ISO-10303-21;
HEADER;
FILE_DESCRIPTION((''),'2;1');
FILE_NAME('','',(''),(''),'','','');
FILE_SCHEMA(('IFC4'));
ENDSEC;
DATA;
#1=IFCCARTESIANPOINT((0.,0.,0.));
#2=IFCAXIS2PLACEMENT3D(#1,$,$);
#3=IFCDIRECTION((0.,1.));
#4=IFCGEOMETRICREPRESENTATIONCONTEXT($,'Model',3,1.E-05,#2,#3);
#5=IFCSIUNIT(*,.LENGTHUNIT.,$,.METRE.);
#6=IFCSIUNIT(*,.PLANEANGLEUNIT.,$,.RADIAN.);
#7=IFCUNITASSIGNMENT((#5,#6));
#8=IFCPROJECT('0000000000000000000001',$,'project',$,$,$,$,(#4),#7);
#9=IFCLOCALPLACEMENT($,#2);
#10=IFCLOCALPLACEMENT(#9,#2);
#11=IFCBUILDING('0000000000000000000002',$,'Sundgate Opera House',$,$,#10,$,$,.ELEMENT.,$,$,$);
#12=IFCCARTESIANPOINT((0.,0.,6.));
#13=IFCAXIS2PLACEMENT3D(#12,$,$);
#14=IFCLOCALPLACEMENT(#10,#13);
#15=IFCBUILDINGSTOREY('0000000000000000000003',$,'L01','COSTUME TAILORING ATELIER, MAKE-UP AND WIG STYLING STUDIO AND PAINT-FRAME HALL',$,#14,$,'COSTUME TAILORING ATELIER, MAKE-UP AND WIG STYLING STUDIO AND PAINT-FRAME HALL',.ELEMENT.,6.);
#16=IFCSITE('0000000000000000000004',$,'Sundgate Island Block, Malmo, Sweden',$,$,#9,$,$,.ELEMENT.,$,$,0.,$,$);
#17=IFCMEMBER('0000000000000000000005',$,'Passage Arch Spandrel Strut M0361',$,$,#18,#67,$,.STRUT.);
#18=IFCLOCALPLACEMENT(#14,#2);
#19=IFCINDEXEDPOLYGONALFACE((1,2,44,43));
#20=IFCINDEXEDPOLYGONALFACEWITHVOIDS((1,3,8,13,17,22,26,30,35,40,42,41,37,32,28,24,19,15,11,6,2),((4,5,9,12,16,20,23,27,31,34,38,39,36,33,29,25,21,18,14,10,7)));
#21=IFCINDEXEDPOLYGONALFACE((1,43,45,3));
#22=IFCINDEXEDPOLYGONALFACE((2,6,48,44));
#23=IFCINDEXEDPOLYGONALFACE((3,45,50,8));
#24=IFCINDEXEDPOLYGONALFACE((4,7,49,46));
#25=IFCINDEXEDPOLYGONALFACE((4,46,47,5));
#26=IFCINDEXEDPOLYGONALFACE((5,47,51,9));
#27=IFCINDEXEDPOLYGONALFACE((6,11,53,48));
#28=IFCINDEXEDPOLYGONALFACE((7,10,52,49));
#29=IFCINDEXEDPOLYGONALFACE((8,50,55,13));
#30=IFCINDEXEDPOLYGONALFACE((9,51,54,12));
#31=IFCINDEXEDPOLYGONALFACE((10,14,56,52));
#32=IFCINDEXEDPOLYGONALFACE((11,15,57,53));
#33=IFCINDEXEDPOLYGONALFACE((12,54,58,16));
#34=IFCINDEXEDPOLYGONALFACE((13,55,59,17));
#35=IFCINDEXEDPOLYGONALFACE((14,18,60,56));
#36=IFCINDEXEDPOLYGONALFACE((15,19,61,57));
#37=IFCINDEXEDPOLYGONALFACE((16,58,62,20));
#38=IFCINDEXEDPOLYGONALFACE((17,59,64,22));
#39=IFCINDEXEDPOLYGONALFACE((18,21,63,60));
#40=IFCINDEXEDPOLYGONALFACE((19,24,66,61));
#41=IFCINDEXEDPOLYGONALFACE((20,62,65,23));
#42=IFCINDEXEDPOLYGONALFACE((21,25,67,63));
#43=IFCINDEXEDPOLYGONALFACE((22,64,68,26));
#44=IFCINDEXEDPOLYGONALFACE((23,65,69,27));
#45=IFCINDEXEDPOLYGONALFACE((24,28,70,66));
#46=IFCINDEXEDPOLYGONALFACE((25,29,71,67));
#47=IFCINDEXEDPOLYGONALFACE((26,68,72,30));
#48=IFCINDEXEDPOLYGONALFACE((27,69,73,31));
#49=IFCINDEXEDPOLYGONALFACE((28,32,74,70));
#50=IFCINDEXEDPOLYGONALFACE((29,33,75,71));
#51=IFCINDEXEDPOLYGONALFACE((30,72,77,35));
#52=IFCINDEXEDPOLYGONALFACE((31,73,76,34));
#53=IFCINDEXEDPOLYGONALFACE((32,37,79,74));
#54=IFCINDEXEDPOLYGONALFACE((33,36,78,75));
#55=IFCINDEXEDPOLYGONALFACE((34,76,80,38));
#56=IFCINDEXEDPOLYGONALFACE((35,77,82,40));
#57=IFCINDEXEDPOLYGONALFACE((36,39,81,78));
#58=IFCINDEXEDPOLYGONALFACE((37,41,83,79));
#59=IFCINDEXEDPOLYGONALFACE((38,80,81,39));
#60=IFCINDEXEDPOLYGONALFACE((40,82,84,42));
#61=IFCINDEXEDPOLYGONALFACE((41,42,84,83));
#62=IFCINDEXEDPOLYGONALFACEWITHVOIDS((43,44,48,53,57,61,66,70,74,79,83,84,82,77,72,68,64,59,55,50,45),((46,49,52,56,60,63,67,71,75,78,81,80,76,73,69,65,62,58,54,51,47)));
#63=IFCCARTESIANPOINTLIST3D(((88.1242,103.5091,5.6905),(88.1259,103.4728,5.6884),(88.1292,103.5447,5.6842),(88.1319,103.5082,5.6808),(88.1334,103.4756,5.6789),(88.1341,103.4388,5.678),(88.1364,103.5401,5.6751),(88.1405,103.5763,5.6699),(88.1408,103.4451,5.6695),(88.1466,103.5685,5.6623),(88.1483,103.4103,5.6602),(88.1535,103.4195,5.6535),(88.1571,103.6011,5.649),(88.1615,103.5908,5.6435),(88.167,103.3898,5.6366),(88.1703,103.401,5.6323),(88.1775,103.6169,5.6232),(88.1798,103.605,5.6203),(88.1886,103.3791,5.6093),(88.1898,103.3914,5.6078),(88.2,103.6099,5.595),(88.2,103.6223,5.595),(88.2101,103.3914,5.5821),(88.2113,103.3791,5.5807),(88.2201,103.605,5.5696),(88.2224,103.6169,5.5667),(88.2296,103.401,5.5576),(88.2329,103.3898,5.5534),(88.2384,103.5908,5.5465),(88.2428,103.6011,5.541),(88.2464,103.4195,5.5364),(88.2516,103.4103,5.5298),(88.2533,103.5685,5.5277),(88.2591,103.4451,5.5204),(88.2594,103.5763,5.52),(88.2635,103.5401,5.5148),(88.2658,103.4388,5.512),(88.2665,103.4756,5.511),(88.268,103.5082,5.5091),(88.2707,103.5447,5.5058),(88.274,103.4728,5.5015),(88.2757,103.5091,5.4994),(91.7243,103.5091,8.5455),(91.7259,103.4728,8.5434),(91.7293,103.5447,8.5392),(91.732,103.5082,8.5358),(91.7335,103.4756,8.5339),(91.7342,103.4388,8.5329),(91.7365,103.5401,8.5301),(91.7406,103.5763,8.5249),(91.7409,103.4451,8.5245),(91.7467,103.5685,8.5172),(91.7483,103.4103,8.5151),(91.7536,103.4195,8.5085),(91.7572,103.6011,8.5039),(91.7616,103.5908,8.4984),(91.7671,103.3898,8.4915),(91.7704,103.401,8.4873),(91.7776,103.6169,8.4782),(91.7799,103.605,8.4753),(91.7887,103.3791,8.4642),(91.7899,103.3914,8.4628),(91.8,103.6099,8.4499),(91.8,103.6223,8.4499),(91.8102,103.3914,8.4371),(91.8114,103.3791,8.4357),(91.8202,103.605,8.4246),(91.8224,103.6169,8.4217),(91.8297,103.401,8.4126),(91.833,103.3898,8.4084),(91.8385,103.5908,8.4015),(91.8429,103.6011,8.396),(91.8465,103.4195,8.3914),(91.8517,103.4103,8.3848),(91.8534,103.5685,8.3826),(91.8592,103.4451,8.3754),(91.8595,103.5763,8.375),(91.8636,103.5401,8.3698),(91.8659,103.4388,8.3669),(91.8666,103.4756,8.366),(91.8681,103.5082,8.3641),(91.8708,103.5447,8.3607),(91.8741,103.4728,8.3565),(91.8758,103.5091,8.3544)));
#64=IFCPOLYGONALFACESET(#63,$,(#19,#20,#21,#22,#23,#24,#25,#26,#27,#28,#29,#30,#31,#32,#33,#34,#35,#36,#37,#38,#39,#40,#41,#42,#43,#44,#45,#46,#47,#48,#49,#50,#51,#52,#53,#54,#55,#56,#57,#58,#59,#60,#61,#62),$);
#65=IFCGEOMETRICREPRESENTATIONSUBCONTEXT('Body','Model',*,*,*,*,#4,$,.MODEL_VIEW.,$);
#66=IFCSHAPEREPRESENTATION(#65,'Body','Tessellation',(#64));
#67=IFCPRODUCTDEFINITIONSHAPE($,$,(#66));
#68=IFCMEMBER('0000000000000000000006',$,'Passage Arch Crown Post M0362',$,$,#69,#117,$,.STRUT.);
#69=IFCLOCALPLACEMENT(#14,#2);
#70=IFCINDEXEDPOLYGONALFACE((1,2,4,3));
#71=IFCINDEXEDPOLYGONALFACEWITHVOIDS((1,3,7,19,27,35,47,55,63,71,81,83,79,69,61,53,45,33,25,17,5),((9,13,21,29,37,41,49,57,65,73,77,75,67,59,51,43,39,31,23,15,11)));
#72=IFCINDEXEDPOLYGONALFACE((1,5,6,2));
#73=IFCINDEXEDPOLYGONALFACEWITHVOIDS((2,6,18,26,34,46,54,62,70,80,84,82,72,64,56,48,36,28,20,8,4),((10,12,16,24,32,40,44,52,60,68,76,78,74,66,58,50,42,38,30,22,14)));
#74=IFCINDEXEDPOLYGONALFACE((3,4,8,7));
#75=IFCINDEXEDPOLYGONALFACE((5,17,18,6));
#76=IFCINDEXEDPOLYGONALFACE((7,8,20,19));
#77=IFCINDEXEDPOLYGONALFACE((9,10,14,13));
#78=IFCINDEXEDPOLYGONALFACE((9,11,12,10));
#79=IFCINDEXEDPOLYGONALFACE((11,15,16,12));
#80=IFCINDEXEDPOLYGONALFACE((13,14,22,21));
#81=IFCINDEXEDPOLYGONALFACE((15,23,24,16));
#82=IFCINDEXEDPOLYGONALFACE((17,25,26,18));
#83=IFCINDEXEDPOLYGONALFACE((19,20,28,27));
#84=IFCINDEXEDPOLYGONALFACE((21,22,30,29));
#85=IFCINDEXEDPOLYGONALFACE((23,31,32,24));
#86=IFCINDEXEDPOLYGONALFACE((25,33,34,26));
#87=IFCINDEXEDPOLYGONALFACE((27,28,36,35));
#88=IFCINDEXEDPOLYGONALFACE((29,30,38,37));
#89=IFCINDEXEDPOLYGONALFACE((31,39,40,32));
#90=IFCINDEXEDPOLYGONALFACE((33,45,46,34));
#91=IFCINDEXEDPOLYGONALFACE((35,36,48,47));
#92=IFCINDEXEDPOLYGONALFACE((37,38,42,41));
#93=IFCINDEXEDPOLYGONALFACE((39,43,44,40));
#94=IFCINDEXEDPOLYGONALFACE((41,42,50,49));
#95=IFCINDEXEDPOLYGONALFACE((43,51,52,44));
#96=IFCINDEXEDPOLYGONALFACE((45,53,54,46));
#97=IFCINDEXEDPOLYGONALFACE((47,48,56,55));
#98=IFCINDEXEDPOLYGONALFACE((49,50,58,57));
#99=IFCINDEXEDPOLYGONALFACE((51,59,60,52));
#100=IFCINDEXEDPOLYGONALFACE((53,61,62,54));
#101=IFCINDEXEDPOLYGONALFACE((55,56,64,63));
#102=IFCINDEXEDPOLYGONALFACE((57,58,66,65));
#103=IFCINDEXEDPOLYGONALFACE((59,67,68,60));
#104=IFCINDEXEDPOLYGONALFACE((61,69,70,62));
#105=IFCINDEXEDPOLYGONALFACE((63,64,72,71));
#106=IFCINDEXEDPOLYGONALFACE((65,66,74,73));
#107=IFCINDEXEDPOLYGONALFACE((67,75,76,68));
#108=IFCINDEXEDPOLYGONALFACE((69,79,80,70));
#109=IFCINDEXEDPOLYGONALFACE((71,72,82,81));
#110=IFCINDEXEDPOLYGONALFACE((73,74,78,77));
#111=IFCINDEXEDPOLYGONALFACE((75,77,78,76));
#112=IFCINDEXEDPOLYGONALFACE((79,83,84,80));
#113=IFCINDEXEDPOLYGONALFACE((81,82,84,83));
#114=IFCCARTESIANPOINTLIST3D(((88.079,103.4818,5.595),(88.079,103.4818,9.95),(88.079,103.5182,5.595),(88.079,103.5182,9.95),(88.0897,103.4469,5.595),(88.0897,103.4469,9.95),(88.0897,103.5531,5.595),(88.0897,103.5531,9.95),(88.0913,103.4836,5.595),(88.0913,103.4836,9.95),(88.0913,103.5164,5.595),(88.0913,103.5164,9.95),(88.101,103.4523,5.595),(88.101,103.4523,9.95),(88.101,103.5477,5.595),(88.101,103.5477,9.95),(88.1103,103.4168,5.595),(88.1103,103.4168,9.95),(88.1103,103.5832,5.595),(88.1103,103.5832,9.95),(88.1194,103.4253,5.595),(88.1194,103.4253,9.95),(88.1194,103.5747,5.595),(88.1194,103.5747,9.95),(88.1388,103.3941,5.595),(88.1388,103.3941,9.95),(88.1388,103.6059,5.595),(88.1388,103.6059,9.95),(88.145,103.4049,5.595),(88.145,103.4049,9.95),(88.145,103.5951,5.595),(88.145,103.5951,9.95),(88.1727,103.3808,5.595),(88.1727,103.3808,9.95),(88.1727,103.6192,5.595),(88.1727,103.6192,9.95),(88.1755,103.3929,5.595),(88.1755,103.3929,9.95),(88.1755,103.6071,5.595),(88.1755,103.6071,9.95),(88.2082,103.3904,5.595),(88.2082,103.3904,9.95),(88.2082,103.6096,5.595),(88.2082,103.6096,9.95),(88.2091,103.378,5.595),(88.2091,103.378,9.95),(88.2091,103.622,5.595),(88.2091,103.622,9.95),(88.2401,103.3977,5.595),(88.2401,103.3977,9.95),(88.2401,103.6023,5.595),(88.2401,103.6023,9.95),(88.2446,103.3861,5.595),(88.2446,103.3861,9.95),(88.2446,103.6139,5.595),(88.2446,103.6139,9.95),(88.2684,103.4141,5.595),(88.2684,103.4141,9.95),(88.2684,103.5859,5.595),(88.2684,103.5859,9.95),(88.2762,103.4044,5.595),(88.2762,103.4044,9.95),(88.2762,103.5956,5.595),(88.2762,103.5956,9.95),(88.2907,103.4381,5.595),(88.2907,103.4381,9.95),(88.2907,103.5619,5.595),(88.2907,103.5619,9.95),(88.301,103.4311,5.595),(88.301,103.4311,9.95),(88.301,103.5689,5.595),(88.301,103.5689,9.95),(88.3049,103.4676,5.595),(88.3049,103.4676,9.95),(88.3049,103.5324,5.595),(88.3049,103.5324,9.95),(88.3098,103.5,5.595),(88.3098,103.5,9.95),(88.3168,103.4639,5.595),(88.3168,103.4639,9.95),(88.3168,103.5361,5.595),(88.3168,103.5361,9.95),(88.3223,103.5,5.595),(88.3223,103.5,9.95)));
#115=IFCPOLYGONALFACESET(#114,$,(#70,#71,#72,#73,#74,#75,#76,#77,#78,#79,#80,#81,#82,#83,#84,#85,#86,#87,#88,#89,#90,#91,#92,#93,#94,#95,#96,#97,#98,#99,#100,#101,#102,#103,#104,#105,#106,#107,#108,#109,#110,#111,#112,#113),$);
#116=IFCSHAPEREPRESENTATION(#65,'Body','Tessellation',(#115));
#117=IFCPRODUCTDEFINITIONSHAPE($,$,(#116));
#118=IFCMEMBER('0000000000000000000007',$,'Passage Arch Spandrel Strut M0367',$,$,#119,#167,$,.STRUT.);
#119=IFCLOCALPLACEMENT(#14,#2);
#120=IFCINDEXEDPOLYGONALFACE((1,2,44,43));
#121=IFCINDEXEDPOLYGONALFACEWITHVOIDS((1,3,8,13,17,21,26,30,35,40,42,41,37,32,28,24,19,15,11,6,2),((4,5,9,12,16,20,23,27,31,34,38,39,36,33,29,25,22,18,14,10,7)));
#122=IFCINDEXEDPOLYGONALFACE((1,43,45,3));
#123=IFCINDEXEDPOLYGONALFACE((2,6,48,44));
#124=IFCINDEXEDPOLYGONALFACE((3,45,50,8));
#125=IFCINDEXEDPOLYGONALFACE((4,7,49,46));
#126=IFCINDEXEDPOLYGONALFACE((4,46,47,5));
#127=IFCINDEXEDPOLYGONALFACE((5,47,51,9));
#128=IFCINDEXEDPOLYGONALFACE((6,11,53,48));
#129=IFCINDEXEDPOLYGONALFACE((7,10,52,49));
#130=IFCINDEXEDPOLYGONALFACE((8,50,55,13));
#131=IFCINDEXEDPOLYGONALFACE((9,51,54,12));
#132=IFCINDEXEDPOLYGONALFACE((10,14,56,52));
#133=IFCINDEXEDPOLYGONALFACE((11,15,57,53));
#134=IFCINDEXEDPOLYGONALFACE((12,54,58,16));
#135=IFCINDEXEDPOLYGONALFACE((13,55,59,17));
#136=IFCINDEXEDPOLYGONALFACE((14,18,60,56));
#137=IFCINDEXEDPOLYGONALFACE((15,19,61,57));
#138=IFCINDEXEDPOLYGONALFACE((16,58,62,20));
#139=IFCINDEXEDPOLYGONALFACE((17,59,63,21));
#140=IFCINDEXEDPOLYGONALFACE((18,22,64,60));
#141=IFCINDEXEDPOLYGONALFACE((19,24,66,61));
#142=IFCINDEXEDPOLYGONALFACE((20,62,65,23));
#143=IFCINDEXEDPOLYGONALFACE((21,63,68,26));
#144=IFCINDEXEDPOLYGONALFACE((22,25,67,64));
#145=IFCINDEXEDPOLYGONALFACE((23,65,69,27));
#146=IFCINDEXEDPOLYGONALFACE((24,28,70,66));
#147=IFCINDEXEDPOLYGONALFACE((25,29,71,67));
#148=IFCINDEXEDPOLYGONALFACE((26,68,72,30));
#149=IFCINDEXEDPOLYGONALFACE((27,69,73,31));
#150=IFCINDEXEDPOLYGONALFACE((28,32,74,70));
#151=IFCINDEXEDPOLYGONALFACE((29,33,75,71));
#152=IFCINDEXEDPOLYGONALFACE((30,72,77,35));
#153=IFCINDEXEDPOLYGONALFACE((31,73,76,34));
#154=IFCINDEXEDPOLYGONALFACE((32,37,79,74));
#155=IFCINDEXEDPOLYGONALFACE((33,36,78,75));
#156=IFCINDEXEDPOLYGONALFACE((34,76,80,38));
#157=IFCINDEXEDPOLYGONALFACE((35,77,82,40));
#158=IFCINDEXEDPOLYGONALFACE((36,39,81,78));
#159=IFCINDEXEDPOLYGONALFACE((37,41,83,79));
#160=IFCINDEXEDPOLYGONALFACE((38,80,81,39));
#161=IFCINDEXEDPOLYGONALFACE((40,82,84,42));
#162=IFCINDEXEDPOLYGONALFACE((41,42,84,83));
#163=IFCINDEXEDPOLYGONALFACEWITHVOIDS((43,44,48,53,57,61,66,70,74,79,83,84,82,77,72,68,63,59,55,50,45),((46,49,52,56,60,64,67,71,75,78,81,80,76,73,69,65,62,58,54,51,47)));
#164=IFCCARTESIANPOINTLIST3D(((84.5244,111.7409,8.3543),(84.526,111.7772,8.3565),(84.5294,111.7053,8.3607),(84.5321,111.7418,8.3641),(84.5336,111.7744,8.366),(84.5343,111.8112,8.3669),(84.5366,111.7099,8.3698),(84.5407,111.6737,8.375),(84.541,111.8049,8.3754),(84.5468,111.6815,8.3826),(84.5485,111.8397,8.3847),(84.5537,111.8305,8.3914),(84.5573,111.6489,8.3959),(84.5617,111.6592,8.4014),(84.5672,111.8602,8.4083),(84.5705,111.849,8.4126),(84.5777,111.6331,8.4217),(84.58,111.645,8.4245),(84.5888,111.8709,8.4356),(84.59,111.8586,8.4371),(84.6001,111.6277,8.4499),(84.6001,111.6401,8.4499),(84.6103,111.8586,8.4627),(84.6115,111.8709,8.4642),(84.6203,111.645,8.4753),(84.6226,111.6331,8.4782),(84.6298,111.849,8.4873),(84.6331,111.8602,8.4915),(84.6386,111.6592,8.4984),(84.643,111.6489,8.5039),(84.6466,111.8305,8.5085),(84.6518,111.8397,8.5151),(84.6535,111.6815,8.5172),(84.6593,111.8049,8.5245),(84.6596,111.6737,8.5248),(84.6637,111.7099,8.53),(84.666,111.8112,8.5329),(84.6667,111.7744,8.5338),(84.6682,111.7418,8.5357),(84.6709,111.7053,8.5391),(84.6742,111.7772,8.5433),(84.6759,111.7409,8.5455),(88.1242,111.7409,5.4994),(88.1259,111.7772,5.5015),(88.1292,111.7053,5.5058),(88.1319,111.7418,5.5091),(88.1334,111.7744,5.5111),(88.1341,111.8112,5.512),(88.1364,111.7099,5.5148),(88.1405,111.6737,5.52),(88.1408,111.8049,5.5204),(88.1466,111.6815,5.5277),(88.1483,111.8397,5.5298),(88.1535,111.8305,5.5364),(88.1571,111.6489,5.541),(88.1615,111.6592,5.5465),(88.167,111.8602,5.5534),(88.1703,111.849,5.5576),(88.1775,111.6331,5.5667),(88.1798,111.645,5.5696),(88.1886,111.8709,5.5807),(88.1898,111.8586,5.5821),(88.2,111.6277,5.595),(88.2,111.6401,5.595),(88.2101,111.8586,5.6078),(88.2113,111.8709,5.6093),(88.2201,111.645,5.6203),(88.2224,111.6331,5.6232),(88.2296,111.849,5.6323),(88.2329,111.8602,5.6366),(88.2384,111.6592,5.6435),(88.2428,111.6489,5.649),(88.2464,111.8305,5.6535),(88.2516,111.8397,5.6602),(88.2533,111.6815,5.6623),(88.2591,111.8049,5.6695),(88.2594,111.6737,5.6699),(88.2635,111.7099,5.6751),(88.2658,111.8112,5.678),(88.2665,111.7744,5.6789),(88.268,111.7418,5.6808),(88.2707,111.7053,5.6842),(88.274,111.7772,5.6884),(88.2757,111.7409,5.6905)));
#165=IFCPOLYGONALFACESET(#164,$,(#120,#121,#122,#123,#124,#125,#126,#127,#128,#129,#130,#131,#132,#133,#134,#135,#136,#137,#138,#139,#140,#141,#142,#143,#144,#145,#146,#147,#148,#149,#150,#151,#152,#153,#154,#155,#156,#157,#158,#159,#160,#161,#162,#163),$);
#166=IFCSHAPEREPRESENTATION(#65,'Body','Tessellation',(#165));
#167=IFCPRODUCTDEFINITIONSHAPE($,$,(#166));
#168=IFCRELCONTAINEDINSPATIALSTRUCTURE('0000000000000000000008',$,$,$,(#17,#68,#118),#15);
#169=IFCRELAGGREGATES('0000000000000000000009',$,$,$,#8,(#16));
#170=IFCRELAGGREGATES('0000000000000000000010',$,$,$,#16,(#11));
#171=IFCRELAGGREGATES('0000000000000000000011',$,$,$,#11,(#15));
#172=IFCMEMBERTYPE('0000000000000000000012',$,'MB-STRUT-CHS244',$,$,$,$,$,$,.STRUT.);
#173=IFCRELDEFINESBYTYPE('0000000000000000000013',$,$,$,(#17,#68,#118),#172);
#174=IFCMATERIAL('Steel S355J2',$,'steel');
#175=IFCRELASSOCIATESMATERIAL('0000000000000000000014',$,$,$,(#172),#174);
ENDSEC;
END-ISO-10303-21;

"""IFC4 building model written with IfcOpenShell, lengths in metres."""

from ifc_helpers import new_model, si_unit, direction, frame, origin, origin_2d, place, context, subcontext, project, spatial, hollow_circle, extrude, material, material_profile, profile_set, type_object, element, save


model = new_model("IFC4")

# Units and contexts
model_context = context("Model", 3, precision=1e-05, world=origin(), true_north=direction((0.0, 1.0)))
body_context = subcontext(model_context, "Body", "Model", "MODEL_VIEW")
ifc_project = project(units=[si_unit("LENGTHUNIT", "METRE"), si_unit("PLANEANGLEUNIT", "RADIAN")], contexts=[model_context])

# Site, building, storey
site_placement = place(None, origin())
site = spatial("IfcSite", under=ifc_project, at=site_placement, Name="Sundgate Island Block, Malmo, Sweden", CompositionType="ELEMENT", RefElevation=0.0)
building_placement = place(site_placement, origin())
building = spatial("IfcBuilding", under=site, at=building_placement, Name="Sundgate Opera House", CompositionType="ELEMENT")
storey_placement = place(building_placement, frame((0.0, 0.0, 6.0)))
storey = spatial("IfcBuildingStorey", under=building, at=storey_placement, Name="L01", Description="COSTUME TAILORING ATELIER, MAKE-UP AND WIG STYLING STUDIO AND PAINT-FRAME HALL", LongName="COSTUME TAILORING ATELIER, MAKE-UP AND WIG STYLING STUDIO AND PAINT-FRAME HALL", CompositionType="ELEMENT", Elevation=6.0)

# Members
ifc_material_1 = material(Name="Steel S355J2", Category="steel")
ifc_material_profile_1 = material_profile(ifc_material_1, hollow_circle(Radius=0.1223, WallThickness=0.0125, at=origin_2d()), Name="CHS 244.5x12.5")
ifc_profile_set_1 = profile_set([ifc_material_profile_1], Name="Steel S355J2")
member_type = type_object("IfcMemberType", Name="MB-STRUT-CHS244", PredefinedType="STRUT", material=ifc_profile_set_1)
member_1_placement = place(storey_placement, frame((88.2, 103.5, 5.595), z_axis=(0.783526, 0.0, 0.621359), x_axis=(0.0, 1.0, 0.0)))
element("IfcMember", 1, at=member_1_placement, inside=storey, type_object=member_type, Name="Passage Arch Spandrel Strut M0361", PredefinedType="STRUT", context=body_context, shape_type="SweptSolid", body=[
    extrude(hollow_circle(Radius=0.1223, WallThickness=0.0125, at=origin_2d()), origin(), (0.0, 0.0, 1.0), 4.5947),
])
member_2_placement = place(storey_placement, frame((88.2, 103.5, 5.595), z_axis=(0.0, 0.0, 1.0), x_axis=(1.0, 0.0, 0.0)))
element("IfcMember", 2, at=member_2_placement, inside=storey, type_object=member_type, Name="Passage Arch Crown Post M0362", PredefinedType="STRUT", context=body_context, shape_type="SweptSolid", body=[
    extrude(hollow_circle(Radius=0.1223, WallThickness=0.0125, at=origin_2d()), origin(), (0.0, 0.0, 1.0), 4.355),
])
member_3_placement = place(storey_placement, frame((88.2, 111.75, 5.595), z_axis=(-0.783506, 0.0, 0.621385), x_axis=(0.0, -1.0, 0.0)))
element("IfcMember", 3, at=member_3_placement, inside=storey, type_object=member_type, Name="Passage Arch Spandrel Strut M0367", PredefinedType="STRUT", context=body_context, shape_type="SweptSolid", body=[
    extrude(hollow_circle(Radius=0.1223, WallThickness=0.0125, at=origin_2d()), origin(), (0.0, 0.0, 1.0), 4.5945),
])

save(model, "model.ifc")
